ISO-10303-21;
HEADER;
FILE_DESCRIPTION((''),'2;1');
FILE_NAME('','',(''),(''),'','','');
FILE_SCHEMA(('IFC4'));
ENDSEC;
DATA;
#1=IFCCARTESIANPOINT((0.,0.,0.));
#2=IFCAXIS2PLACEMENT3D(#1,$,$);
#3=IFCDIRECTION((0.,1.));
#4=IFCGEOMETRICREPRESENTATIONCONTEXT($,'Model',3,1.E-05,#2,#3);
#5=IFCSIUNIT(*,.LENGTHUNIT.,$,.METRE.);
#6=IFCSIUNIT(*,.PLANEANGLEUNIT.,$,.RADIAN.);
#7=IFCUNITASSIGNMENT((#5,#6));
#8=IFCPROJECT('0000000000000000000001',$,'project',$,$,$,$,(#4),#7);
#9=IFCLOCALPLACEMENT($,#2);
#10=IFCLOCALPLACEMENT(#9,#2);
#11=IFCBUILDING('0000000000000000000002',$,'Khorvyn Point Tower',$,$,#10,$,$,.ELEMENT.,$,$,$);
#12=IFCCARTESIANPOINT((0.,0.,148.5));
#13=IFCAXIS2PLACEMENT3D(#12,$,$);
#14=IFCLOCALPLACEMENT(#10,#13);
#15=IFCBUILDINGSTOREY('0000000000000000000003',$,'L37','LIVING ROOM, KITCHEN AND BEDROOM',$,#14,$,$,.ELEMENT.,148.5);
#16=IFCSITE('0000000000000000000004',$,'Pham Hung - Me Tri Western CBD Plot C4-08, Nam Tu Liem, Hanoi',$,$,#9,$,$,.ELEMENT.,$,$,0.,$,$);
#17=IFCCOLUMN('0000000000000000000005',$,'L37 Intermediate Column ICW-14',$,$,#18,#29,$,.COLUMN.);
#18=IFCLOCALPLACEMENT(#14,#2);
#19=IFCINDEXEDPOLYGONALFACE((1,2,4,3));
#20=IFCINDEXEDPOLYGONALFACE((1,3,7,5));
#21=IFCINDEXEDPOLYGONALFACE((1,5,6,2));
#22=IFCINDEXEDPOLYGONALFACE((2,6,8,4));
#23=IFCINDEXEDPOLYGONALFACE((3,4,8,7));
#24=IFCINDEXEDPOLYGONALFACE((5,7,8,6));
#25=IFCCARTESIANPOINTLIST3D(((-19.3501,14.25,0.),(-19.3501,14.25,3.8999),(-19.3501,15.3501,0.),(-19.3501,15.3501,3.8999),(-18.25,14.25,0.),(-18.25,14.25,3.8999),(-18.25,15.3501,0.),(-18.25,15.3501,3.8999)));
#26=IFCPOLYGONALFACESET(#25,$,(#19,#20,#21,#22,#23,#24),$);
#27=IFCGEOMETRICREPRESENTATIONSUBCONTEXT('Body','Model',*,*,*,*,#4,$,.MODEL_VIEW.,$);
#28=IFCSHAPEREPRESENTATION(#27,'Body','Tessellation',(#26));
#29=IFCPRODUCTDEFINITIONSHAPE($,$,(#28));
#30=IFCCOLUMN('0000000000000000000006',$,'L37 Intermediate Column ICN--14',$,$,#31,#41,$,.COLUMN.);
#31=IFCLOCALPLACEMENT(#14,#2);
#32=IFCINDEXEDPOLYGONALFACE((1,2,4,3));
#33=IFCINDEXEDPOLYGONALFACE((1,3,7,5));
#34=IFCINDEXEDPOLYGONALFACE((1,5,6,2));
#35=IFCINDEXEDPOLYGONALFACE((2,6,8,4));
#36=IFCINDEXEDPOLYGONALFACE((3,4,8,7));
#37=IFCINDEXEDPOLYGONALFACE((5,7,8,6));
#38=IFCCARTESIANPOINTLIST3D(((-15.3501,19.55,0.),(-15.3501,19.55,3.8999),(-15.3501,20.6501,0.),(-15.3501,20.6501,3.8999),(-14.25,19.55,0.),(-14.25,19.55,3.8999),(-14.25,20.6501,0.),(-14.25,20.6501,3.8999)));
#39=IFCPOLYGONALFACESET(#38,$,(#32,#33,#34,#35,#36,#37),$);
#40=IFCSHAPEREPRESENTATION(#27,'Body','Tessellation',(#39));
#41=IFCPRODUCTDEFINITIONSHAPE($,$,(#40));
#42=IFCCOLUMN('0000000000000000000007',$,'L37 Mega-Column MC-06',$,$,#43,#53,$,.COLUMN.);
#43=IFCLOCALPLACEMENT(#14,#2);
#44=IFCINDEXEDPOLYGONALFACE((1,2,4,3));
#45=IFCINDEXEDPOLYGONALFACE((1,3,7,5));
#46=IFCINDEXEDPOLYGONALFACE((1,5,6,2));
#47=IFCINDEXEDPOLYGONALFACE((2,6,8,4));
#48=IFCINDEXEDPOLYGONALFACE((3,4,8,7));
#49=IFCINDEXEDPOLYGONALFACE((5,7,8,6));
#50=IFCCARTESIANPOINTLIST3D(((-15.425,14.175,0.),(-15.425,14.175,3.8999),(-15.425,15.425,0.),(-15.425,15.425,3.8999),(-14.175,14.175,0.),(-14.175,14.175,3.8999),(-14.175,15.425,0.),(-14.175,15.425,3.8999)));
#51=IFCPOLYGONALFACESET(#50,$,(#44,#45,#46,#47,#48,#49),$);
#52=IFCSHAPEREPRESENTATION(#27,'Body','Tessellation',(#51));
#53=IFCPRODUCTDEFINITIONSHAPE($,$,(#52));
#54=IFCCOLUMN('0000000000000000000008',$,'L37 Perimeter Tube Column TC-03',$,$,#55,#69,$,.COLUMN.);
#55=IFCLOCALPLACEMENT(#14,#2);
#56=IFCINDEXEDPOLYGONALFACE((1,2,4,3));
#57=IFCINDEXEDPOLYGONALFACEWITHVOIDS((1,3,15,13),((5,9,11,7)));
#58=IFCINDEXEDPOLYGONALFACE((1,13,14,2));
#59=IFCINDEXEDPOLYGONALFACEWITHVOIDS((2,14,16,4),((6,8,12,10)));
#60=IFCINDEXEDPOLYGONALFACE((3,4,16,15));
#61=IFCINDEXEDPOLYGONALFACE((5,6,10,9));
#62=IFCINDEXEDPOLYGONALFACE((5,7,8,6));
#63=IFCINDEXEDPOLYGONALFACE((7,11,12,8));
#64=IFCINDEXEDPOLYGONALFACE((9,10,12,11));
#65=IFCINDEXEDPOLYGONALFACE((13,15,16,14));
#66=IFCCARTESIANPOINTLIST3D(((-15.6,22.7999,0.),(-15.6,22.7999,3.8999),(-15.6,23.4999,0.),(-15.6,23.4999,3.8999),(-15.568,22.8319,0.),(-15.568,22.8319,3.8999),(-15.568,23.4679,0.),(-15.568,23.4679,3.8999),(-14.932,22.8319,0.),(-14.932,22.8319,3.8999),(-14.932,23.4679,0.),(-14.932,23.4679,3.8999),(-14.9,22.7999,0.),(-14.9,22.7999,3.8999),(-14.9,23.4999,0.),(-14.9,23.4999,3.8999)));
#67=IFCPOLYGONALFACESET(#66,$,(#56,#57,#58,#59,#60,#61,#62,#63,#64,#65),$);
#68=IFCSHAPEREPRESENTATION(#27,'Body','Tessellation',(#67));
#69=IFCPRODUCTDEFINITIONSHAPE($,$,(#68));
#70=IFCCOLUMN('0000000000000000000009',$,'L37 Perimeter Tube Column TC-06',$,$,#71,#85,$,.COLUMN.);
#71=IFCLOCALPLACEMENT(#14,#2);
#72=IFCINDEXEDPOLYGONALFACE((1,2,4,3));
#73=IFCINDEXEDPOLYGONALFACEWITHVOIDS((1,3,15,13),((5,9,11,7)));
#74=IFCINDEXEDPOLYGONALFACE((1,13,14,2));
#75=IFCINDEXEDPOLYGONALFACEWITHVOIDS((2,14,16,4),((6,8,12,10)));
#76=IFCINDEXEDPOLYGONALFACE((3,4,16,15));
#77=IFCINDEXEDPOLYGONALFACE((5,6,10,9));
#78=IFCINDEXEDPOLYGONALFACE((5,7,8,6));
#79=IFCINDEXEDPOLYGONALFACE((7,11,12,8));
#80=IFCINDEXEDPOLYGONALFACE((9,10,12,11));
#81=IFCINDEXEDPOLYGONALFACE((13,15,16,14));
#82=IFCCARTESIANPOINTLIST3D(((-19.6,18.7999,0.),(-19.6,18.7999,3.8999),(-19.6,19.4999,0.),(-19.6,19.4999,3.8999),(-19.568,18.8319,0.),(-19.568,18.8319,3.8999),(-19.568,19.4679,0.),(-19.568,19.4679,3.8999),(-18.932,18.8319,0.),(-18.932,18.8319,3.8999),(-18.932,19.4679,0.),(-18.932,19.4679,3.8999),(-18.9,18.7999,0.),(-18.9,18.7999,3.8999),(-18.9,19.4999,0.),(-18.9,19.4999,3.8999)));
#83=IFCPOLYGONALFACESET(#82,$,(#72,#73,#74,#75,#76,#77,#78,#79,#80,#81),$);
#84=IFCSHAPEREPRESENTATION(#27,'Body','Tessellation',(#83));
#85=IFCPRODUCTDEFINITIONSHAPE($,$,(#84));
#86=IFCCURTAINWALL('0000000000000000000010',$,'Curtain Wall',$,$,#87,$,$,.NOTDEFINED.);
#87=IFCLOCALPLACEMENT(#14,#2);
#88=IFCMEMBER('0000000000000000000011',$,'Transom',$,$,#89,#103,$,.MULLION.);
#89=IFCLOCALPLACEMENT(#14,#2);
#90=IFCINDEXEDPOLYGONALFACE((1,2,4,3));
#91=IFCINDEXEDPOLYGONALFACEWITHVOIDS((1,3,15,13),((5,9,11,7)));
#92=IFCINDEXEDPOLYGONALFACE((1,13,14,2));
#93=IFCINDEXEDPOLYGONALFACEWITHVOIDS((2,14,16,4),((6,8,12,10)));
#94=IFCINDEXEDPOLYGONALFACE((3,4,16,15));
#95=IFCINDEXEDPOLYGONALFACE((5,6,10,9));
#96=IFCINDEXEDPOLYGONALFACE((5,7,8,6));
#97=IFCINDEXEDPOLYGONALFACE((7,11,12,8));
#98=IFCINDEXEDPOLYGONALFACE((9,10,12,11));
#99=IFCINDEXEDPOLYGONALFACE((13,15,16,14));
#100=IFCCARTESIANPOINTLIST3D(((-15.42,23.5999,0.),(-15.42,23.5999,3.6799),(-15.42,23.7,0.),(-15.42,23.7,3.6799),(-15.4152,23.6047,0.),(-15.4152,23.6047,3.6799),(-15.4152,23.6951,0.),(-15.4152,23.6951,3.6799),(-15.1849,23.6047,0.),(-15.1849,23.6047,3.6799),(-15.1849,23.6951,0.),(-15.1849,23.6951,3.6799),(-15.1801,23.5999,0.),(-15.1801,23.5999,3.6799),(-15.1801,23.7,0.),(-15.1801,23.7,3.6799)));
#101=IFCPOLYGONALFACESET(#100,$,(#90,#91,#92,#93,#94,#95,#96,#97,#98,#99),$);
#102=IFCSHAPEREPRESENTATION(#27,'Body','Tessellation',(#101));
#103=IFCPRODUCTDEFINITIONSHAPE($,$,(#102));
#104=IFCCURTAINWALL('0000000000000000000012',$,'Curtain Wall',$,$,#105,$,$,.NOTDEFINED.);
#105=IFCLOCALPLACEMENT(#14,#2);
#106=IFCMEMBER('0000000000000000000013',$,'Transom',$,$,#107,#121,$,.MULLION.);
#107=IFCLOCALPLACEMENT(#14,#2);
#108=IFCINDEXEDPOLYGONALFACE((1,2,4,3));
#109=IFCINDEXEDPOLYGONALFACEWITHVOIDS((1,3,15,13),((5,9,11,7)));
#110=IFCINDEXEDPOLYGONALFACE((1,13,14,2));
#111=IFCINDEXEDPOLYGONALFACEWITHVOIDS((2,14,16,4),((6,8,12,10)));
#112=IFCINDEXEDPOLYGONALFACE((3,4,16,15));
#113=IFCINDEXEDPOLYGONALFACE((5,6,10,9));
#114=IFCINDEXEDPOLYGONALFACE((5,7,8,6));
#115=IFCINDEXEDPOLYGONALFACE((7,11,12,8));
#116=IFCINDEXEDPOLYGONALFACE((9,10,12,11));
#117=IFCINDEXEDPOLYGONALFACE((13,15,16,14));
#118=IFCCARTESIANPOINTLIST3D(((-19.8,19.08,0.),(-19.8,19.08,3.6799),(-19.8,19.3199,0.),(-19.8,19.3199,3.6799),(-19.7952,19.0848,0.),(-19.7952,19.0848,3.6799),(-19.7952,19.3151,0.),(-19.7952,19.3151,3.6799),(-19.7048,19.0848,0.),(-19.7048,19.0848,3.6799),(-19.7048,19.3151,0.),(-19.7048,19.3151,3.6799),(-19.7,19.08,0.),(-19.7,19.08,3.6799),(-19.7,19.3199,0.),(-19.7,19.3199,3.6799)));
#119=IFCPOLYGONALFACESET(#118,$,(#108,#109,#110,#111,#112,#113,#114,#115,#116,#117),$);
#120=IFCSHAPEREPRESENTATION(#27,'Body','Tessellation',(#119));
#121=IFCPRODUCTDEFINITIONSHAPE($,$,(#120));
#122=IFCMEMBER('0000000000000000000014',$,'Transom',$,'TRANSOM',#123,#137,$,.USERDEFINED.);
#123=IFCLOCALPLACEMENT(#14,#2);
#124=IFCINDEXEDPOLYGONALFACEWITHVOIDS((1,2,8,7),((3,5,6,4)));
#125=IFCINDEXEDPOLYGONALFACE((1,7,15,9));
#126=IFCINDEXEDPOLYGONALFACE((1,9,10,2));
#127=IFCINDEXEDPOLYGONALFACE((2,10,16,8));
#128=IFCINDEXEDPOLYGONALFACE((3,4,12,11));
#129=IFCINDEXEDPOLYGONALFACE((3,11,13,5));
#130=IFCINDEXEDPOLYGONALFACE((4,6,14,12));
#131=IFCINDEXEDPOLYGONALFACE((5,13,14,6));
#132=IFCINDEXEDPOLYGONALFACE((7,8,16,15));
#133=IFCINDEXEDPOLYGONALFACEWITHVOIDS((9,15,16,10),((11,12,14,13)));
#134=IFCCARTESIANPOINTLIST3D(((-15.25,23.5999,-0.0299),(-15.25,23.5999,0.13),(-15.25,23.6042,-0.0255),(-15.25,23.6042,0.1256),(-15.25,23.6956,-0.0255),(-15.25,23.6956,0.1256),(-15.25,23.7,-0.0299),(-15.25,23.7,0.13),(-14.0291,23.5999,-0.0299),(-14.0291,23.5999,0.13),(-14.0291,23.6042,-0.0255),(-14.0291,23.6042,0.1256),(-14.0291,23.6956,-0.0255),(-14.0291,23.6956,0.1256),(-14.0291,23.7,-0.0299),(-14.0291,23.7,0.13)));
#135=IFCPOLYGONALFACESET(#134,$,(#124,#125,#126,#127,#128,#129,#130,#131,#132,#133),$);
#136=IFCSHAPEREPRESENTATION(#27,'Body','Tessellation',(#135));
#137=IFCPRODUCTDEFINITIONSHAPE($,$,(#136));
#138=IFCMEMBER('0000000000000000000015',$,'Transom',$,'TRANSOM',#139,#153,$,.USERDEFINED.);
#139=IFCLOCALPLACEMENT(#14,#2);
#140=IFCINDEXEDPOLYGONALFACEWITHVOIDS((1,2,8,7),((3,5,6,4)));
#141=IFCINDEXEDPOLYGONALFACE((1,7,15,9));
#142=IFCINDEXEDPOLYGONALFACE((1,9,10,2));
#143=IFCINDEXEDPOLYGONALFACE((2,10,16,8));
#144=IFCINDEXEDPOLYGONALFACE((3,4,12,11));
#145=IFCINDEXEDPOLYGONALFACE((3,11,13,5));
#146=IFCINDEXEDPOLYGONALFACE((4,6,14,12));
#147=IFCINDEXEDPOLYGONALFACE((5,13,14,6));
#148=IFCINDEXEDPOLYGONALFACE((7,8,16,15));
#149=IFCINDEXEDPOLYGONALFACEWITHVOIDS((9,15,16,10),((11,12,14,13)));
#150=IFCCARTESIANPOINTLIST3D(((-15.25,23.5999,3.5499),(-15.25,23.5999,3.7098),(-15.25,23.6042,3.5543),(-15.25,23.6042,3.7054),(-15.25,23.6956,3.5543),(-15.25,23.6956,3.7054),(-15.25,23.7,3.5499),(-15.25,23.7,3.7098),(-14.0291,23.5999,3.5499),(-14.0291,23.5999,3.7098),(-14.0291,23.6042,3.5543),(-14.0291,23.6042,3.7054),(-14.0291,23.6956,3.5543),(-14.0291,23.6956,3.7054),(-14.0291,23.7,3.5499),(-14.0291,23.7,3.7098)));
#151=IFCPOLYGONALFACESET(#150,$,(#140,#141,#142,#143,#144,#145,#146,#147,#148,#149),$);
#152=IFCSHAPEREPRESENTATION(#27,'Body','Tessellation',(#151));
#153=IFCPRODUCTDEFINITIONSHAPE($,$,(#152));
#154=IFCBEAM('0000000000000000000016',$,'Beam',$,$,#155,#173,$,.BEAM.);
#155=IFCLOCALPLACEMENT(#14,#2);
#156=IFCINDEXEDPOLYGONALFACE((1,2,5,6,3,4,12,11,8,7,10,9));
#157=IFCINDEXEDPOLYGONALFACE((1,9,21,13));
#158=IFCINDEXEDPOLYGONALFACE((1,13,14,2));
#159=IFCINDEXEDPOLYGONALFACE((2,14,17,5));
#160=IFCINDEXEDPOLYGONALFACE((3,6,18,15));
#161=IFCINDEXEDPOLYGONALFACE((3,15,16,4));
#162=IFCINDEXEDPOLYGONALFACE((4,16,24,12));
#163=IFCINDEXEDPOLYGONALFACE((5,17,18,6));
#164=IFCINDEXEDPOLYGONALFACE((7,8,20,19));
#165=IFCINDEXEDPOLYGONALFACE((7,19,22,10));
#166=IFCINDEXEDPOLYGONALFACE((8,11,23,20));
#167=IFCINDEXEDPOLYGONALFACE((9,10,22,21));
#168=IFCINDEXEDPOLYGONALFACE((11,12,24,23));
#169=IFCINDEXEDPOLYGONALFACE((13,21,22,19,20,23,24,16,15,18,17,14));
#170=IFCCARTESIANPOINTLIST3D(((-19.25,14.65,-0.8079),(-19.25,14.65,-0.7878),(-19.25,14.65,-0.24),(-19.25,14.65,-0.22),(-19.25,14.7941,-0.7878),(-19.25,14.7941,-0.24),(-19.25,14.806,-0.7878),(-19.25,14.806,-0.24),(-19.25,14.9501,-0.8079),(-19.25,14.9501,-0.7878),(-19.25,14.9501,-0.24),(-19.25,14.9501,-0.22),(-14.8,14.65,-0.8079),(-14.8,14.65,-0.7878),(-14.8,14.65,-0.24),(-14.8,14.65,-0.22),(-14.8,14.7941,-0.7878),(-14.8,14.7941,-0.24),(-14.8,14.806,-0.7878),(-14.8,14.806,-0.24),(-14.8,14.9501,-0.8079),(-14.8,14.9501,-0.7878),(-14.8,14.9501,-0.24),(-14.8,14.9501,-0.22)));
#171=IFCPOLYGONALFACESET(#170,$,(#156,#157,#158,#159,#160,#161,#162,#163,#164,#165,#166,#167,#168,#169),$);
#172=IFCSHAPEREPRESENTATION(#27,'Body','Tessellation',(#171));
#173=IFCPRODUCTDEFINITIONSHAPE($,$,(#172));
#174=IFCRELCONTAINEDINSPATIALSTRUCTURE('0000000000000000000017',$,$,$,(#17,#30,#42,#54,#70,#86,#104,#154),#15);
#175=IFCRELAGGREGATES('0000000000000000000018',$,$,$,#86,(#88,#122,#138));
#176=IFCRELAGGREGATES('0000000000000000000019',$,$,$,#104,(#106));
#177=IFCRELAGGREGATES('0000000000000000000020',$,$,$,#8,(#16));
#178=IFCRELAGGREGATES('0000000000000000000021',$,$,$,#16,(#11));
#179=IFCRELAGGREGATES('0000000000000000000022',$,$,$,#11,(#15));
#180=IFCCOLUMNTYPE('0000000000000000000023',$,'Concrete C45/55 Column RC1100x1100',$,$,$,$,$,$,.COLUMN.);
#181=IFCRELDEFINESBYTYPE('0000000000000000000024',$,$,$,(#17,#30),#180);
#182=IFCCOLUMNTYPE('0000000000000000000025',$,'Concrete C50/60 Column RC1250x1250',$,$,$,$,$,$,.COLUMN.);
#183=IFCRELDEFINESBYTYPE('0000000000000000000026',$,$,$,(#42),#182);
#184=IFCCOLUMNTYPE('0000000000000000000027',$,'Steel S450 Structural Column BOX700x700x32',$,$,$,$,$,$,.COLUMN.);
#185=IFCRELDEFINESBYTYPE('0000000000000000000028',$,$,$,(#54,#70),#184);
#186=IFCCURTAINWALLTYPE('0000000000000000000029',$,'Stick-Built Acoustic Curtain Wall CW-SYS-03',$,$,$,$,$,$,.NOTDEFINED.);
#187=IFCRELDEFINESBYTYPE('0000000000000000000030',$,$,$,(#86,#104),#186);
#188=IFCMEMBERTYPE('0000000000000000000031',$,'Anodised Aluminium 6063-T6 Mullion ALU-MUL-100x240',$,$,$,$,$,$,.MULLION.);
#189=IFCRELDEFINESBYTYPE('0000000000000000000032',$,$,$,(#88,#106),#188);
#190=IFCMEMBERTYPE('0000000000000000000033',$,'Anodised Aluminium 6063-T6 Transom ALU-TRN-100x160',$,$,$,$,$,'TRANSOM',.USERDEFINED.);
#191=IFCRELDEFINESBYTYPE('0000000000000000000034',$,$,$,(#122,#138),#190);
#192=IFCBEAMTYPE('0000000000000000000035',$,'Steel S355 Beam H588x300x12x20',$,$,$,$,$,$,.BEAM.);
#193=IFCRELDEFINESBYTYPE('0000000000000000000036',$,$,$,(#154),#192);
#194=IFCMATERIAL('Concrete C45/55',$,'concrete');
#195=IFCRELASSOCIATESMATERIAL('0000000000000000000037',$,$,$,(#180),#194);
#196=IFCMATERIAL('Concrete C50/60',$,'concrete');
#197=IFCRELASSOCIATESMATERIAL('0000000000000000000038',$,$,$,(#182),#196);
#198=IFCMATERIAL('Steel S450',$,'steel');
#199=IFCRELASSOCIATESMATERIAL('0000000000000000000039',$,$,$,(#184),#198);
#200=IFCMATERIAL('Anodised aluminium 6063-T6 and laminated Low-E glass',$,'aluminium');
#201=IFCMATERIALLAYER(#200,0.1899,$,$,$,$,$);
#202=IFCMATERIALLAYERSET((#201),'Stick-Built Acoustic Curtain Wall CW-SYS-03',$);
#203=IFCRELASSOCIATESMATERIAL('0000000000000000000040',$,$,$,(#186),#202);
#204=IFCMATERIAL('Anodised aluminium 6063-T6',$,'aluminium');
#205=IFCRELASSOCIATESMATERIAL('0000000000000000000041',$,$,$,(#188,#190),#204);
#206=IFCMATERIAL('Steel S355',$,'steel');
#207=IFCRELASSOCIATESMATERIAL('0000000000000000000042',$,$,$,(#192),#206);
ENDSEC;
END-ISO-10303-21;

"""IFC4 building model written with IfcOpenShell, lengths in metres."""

from ifc_helpers import new_model, si_unit, direction, frame, origin, origin_2d, place, context, subcontext, project, spatial, rectangle, hollow_rectangle, i_section, extrude, material, layer, layer_set, material_profile, profile_set, type_object, element, aggregate, save


model = new_model("IFC4")

# Units and contexts
model_context = context("Model", 3, precision=1e-05, world=origin(), true_north=direction((0.0, 1.0)))
body_context = subcontext(model_context, "Body", "Model", "MODEL_VIEW")
ifc_project = project(units=[si_unit("LENGTHUNIT", "METRE"), si_unit("PLANEANGLEUNIT", "RADIAN")], contexts=[model_context])

# Site, building, storey
site_placement = place(None, origin())
site = spatial("IfcSite", under=ifc_project, at=site_placement, Name="Pham Hung - Me Tri Western CBD Plot C4-08, Nam Tu Liem, Hanoi", CompositionType="ELEMENT", RefElevation=0.0)
building_placement = place(site_placement, origin())
building = spatial("IfcBuilding", under=site, at=building_placement, Name="Khorvyn Point Tower", CompositionType="ELEMENT")
storey_placement = place(building_placement, frame((0.0, 0.0, 148.5)))
storey = spatial("IfcBuildingStorey", under=building, at=storey_placement, Name="L37", Description="LIVING ROOM, KITCHEN AND BEDROOM", CompositionType="ELEMENT", Elevation=148.5)

# Columns
ifc_material_1 = material(Name="Concrete C45/55", Category="concrete")
ifc_material_profile_1 = material_profile(ifc_material_1, rectangle(XDim=1.1001, YDim=1.1001, at=origin_2d()))
ifc_profile_set_1 = profile_set([ifc_material_profile_1], Name="Concrete C45/55 RC1100x1100")
column_type_1 = type_object("IfcColumnType", Name="Concrete C45/55 Column RC1100x1100", PredefinedType="COLUMN", material=ifc_profile_set_1)
for number, where, z_axis, x_axis, name in (
    (1, (-18.8, 14.8, 0.0), (0.0, 0.0, 1.0), (1.0, 0.0, 0.0), "L37 Intermediate Column ICW-14"),
    (2, (-14.8, 20.1001, 0.0), (0.0, 0.0, 1.0), (1.0, 0.0, 0.0), "L37 Intermediate Column ICN--14"),
):
    element("IfcColumn", number, at=place(storey_placement, frame(where, z_axis=z_axis, x_axis=x_axis)), inside=storey, type_object=column_type_1, Name=name, PredefinedType="COLUMN", context=body_context, shape_type="SweptSolid", body=[
        extrude(rectangle(XDim=1.1001, YDim=1.1001, at=origin_2d()), origin(), (0.0, 0.0, 1.0), 3.8999),
    ])
ifc_material_2 = material(Name="Concrete C50/60", Category="concrete")
ifc_material_profile_2 = material_profile(ifc_material_2, rectangle(XDim=1.25, YDim=1.25, at=origin_2d()))
ifc_profile_set_2 = profile_set([ifc_material_profile_2], Name="Concrete C50/60 RC1250x1250")
column_type_2 = type_object("IfcColumnType", Name="Concrete C50/60 Column RC1250x1250", PredefinedType="COLUMN", material=ifc_profile_set_2)
column_placement = place(storey_placement, frame((-14.8, 14.8, 0.0), z_axis=(0.0, 0.0, 1.0), x_axis=(1.0, 0.0, 0.0)))
element("IfcColumn", 3, at=column_placement, inside=storey, type_object=column_type_2, Name="L37 Mega-Column MC-06", PredefinedType="COLUMN", context=body_context, shape_type="SweptSolid", body=[
    extrude(rectangle(XDim=1.25, YDim=1.25, at=origin_2d()), origin(), (0.0, 0.0, 1.0), 3.8999),
])
ifc_material_3 = material(Name="Steel S450", Category="steel")
ifc_material_profile_3 = material_profile(ifc_material_3, hollow_rectangle(XDim=0.7, YDim=0.7, WallThickness=0.032, at=origin_2d()))
ifc_profile_set_3 = profile_set([ifc_material_profile_3], Name="Steel S450 BOX700x700x32")
column_type_3 = type_object("IfcColumnType", Name="Steel S450 Structural Column BOX700x700x32", PredefinedType="COLUMN", material=ifc_profile_set_3)
for number, where, z_axis, x_axis, name in (
    (4, (-15.25, 23.1499, 0.0), (0.0, 0.0, 1.0), (1.0, 0.0, 0.0), "L37 Perimeter Tube Column TC-03"),
    (5, (-19.25, 19.1499, 0.0), (0.0, 0.0, 1.0), (1.0, 0.0, 0.0), "L37 Perimeter Tube Column TC-06"),
):
    element("IfcColumn", number, at=place(storey_placement, frame(where, z_axis=z_axis, x_axis=x_axis)), inside=storey, type_object=column_type_3, Name=name, PredefinedType="COLUMN", context=body_context, shape_type="SweptSolid", body=[
        extrude(hollow_rectangle(XDim=0.7, YDim=0.7, WallThickness=0.032, at=origin_2d()), origin(), (0.0, 0.0, 1.0), 3.8999),
    ])

# Curtain walls, members
ifc_material_4 = material(Name="Anodised aluminium 6063-T6 and laminated Low-E glass", Category="aluminium")
ifc_layer_1 = layer(ifc_material_4, 0.1899)
ifc_layer_set_1 = layer_set([ifc_layer_1], Name="Stick-Built Acoustic Curtain Wall CW-SYS-03")
curtain_wall_type = type_object("IfcCurtainWallType", Name="Stick-Built Acoustic Curtain Wall CW-SYS-03", PredefinedType="NOTDEFINED", material=ifc_layer_set_1)
curtain_wall_1_placement = place(storey_placement, origin())
curtain_wall_1 = element("IfcCurtainWall", 6, at=curtain_wall_1_placement, inside=storey, type_object=curtain_wall_type, Name="Curtain Wall", PredefinedType="NOTDEFINED")
ifc_material_5 = material(Name="Anodised aluminium 6063-T6", Category="aluminium")
ifc_material_profile_4 = material_profile(ifc_material_5, hollow_rectangle(XDim=0.1001, YDim=0.24, WallThickness=0.0049, at=origin_2d()))
ifc_profile_set_4 = profile_set([ifc_material_profile_4], Name="Anodised aluminium 6063-T6 ALU-MUL-100x240")
member_type_1 = type_object("IfcMemberType", Name="Anodised Aluminium 6063-T6 Mullion ALU-MUL-100x240", PredefinedType="MULLION", material=ifc_profile_set_4)
member_1_placement = place(storey_placement, frame((-15.3, 23.6499, 0.0), z_axis=(0.0, 0.0, 1.0), x_axis=(0.0, 1.0, 0.0)))
member_1 = element("IfcMember", 7, at=member_1_placement, type_object=member_type_1, Name="Transom", PredefinedType="MULLION", context=body_context, shape_type="SweptSolid", body=[
    extrude(hollow_rectangle(XDim=0.1001, YDim=0.24, WallThickness=0.0049, at=origin_2d()), origin(), (0.0, 0.0, 1.0), 3.6799),
])
curtain_wall_2_placement = place(storey_placement, origin())
curtain_wall_2 = element("IfcCurtainWall", 8, at=curtain_wall_2_placement, inside=storey, type_object=curtain_wall_type, Name="Curtain Wall", PredefinedType="NOTDEFINED")
member_2_placement = place(storey_placement, frame((-19.75, 19.2, 0.0), z_axis=(0.0, 0.0, 1.0), x_axis=(-1.0, 0.0, 0.0)))
member_2 = element("IfcMember", 9, at=member_2_placement, type_object=member_type_1, Name="Transom", PredefinedType="MULLION", context=body_context, shape_type="SweptSolid", body=[
    extrude(hollow_rectangle(XDim=0.1001, YDim=0.24, WallThickness=0.0049, at=origin_2d()), origin(), (0.0, 0.0, 1.0), 3.6799),
])

# Members
ifc_material_profile_5 = material_profile(ifc_material_5, hollow_rectangle(XDim=0.1001, YDim=0.1599, WallThickness=0.0044, at=origin_2d()))
ifc_profile_set_5 = profile_set([ifc_material_profile_5], Name="Anodised aluminium 6063-T6 ALU-TRN-100x160")
member_type_2 = type_object("IfcMemberType", Name="Anodised Aluminium 6063-T6 Transom ALU-TRN-100x160", ElementType="TRANSOM", PredefinedType="USERDEFINED", material=ifc_profile_set_5)
member_3_placement = place(storey_placement, frame((-15.25, 23.6499, 0.05), z_axis=(1.0, 0.0, 0.0), x_axis=(0.0, 1.0, 0.0)))
member_3 = element("IfcMember", 10, at=member_3_placement, type_object=member_type_2, Name="Transom", ObjectType="TRANSOM", PredefinedType="USERDEFINED", context=body_context, shape_type="SweptSolid", body=[
    extrude(hollow_rectangle(XDim=0.1001, YDim=0.1599, WallThickness=0.0044, at=origin_2d()), origin(), (0.0, 0.0, 1.0), 1.2209),
])
member_4_placement = place(storey_placement, frame((-15.25, 23.6499, 3.6299), z_axis=(1.0, 0.0, 0.0), x_axis=(0.0, 1.0, 0.0)))
member_4 = element("IfcMember", 11, at=member_4_placement, type_object=member_type_2, Name="Transom", ObjectType="TRANSOM", PredefinedType="USERDEFINED", context=body_context, shape_type="SweptSolid", body=[
    extrude(hollow_rectangle(XDim=0.1001, YDim=0.1599, WallThickness=0.0044, at=origin_2d()), origin(), (0.0, 0.0, 1.0), 1.2209),
])

# Beam
ifc_material_6 = material(Name="Steel S355", Category="steel")
ifc_material_profile_6 = material_profile(ifc_material_6, i_section(OverallWidth=0.3, OverallDepth=0.5879, WebThickness=0.012, FlangeThickness=0.02, at=origin_2d()))
ifc_profile_set_6 = profile_set([ifc_material_profile_6], Name="Steel S355 H588x300x12x20")
beam_type_1 = type_object("IfcBeamType", Name="Steel S355 Beam H588x300x12x20", PredefinedType="BEAM", material=ifc_profile_set_6)
beam_1_placement = place(storey_placement, frame((-19.25, 14.8, -0.5139), z_axis=(1.0, 0.0, 0.0), x_axis=(0.0, 1.0, 0.0)))
element("IfcBeam", 12, at=beam_1_placement, inside=storey, type_object=beam_type_1, Name="Beam", PredefinedType="BEAM", context=body_context, shape_type="SweptSolid", body=[
    extrude(i_section(OverallWidth=0.3, OverallDepth=0.5879, WebThickness=0.012, FlangeThickness=0.02, at=origin_2d()), origin(), (0.0, 0.0, 1.0), 4.45),
])

aggregate(curtain_wall_1, [member_1, member_3, member_4])
aggregate(curtain_wall_2, [member_2])

save(model, "model.ifc")
